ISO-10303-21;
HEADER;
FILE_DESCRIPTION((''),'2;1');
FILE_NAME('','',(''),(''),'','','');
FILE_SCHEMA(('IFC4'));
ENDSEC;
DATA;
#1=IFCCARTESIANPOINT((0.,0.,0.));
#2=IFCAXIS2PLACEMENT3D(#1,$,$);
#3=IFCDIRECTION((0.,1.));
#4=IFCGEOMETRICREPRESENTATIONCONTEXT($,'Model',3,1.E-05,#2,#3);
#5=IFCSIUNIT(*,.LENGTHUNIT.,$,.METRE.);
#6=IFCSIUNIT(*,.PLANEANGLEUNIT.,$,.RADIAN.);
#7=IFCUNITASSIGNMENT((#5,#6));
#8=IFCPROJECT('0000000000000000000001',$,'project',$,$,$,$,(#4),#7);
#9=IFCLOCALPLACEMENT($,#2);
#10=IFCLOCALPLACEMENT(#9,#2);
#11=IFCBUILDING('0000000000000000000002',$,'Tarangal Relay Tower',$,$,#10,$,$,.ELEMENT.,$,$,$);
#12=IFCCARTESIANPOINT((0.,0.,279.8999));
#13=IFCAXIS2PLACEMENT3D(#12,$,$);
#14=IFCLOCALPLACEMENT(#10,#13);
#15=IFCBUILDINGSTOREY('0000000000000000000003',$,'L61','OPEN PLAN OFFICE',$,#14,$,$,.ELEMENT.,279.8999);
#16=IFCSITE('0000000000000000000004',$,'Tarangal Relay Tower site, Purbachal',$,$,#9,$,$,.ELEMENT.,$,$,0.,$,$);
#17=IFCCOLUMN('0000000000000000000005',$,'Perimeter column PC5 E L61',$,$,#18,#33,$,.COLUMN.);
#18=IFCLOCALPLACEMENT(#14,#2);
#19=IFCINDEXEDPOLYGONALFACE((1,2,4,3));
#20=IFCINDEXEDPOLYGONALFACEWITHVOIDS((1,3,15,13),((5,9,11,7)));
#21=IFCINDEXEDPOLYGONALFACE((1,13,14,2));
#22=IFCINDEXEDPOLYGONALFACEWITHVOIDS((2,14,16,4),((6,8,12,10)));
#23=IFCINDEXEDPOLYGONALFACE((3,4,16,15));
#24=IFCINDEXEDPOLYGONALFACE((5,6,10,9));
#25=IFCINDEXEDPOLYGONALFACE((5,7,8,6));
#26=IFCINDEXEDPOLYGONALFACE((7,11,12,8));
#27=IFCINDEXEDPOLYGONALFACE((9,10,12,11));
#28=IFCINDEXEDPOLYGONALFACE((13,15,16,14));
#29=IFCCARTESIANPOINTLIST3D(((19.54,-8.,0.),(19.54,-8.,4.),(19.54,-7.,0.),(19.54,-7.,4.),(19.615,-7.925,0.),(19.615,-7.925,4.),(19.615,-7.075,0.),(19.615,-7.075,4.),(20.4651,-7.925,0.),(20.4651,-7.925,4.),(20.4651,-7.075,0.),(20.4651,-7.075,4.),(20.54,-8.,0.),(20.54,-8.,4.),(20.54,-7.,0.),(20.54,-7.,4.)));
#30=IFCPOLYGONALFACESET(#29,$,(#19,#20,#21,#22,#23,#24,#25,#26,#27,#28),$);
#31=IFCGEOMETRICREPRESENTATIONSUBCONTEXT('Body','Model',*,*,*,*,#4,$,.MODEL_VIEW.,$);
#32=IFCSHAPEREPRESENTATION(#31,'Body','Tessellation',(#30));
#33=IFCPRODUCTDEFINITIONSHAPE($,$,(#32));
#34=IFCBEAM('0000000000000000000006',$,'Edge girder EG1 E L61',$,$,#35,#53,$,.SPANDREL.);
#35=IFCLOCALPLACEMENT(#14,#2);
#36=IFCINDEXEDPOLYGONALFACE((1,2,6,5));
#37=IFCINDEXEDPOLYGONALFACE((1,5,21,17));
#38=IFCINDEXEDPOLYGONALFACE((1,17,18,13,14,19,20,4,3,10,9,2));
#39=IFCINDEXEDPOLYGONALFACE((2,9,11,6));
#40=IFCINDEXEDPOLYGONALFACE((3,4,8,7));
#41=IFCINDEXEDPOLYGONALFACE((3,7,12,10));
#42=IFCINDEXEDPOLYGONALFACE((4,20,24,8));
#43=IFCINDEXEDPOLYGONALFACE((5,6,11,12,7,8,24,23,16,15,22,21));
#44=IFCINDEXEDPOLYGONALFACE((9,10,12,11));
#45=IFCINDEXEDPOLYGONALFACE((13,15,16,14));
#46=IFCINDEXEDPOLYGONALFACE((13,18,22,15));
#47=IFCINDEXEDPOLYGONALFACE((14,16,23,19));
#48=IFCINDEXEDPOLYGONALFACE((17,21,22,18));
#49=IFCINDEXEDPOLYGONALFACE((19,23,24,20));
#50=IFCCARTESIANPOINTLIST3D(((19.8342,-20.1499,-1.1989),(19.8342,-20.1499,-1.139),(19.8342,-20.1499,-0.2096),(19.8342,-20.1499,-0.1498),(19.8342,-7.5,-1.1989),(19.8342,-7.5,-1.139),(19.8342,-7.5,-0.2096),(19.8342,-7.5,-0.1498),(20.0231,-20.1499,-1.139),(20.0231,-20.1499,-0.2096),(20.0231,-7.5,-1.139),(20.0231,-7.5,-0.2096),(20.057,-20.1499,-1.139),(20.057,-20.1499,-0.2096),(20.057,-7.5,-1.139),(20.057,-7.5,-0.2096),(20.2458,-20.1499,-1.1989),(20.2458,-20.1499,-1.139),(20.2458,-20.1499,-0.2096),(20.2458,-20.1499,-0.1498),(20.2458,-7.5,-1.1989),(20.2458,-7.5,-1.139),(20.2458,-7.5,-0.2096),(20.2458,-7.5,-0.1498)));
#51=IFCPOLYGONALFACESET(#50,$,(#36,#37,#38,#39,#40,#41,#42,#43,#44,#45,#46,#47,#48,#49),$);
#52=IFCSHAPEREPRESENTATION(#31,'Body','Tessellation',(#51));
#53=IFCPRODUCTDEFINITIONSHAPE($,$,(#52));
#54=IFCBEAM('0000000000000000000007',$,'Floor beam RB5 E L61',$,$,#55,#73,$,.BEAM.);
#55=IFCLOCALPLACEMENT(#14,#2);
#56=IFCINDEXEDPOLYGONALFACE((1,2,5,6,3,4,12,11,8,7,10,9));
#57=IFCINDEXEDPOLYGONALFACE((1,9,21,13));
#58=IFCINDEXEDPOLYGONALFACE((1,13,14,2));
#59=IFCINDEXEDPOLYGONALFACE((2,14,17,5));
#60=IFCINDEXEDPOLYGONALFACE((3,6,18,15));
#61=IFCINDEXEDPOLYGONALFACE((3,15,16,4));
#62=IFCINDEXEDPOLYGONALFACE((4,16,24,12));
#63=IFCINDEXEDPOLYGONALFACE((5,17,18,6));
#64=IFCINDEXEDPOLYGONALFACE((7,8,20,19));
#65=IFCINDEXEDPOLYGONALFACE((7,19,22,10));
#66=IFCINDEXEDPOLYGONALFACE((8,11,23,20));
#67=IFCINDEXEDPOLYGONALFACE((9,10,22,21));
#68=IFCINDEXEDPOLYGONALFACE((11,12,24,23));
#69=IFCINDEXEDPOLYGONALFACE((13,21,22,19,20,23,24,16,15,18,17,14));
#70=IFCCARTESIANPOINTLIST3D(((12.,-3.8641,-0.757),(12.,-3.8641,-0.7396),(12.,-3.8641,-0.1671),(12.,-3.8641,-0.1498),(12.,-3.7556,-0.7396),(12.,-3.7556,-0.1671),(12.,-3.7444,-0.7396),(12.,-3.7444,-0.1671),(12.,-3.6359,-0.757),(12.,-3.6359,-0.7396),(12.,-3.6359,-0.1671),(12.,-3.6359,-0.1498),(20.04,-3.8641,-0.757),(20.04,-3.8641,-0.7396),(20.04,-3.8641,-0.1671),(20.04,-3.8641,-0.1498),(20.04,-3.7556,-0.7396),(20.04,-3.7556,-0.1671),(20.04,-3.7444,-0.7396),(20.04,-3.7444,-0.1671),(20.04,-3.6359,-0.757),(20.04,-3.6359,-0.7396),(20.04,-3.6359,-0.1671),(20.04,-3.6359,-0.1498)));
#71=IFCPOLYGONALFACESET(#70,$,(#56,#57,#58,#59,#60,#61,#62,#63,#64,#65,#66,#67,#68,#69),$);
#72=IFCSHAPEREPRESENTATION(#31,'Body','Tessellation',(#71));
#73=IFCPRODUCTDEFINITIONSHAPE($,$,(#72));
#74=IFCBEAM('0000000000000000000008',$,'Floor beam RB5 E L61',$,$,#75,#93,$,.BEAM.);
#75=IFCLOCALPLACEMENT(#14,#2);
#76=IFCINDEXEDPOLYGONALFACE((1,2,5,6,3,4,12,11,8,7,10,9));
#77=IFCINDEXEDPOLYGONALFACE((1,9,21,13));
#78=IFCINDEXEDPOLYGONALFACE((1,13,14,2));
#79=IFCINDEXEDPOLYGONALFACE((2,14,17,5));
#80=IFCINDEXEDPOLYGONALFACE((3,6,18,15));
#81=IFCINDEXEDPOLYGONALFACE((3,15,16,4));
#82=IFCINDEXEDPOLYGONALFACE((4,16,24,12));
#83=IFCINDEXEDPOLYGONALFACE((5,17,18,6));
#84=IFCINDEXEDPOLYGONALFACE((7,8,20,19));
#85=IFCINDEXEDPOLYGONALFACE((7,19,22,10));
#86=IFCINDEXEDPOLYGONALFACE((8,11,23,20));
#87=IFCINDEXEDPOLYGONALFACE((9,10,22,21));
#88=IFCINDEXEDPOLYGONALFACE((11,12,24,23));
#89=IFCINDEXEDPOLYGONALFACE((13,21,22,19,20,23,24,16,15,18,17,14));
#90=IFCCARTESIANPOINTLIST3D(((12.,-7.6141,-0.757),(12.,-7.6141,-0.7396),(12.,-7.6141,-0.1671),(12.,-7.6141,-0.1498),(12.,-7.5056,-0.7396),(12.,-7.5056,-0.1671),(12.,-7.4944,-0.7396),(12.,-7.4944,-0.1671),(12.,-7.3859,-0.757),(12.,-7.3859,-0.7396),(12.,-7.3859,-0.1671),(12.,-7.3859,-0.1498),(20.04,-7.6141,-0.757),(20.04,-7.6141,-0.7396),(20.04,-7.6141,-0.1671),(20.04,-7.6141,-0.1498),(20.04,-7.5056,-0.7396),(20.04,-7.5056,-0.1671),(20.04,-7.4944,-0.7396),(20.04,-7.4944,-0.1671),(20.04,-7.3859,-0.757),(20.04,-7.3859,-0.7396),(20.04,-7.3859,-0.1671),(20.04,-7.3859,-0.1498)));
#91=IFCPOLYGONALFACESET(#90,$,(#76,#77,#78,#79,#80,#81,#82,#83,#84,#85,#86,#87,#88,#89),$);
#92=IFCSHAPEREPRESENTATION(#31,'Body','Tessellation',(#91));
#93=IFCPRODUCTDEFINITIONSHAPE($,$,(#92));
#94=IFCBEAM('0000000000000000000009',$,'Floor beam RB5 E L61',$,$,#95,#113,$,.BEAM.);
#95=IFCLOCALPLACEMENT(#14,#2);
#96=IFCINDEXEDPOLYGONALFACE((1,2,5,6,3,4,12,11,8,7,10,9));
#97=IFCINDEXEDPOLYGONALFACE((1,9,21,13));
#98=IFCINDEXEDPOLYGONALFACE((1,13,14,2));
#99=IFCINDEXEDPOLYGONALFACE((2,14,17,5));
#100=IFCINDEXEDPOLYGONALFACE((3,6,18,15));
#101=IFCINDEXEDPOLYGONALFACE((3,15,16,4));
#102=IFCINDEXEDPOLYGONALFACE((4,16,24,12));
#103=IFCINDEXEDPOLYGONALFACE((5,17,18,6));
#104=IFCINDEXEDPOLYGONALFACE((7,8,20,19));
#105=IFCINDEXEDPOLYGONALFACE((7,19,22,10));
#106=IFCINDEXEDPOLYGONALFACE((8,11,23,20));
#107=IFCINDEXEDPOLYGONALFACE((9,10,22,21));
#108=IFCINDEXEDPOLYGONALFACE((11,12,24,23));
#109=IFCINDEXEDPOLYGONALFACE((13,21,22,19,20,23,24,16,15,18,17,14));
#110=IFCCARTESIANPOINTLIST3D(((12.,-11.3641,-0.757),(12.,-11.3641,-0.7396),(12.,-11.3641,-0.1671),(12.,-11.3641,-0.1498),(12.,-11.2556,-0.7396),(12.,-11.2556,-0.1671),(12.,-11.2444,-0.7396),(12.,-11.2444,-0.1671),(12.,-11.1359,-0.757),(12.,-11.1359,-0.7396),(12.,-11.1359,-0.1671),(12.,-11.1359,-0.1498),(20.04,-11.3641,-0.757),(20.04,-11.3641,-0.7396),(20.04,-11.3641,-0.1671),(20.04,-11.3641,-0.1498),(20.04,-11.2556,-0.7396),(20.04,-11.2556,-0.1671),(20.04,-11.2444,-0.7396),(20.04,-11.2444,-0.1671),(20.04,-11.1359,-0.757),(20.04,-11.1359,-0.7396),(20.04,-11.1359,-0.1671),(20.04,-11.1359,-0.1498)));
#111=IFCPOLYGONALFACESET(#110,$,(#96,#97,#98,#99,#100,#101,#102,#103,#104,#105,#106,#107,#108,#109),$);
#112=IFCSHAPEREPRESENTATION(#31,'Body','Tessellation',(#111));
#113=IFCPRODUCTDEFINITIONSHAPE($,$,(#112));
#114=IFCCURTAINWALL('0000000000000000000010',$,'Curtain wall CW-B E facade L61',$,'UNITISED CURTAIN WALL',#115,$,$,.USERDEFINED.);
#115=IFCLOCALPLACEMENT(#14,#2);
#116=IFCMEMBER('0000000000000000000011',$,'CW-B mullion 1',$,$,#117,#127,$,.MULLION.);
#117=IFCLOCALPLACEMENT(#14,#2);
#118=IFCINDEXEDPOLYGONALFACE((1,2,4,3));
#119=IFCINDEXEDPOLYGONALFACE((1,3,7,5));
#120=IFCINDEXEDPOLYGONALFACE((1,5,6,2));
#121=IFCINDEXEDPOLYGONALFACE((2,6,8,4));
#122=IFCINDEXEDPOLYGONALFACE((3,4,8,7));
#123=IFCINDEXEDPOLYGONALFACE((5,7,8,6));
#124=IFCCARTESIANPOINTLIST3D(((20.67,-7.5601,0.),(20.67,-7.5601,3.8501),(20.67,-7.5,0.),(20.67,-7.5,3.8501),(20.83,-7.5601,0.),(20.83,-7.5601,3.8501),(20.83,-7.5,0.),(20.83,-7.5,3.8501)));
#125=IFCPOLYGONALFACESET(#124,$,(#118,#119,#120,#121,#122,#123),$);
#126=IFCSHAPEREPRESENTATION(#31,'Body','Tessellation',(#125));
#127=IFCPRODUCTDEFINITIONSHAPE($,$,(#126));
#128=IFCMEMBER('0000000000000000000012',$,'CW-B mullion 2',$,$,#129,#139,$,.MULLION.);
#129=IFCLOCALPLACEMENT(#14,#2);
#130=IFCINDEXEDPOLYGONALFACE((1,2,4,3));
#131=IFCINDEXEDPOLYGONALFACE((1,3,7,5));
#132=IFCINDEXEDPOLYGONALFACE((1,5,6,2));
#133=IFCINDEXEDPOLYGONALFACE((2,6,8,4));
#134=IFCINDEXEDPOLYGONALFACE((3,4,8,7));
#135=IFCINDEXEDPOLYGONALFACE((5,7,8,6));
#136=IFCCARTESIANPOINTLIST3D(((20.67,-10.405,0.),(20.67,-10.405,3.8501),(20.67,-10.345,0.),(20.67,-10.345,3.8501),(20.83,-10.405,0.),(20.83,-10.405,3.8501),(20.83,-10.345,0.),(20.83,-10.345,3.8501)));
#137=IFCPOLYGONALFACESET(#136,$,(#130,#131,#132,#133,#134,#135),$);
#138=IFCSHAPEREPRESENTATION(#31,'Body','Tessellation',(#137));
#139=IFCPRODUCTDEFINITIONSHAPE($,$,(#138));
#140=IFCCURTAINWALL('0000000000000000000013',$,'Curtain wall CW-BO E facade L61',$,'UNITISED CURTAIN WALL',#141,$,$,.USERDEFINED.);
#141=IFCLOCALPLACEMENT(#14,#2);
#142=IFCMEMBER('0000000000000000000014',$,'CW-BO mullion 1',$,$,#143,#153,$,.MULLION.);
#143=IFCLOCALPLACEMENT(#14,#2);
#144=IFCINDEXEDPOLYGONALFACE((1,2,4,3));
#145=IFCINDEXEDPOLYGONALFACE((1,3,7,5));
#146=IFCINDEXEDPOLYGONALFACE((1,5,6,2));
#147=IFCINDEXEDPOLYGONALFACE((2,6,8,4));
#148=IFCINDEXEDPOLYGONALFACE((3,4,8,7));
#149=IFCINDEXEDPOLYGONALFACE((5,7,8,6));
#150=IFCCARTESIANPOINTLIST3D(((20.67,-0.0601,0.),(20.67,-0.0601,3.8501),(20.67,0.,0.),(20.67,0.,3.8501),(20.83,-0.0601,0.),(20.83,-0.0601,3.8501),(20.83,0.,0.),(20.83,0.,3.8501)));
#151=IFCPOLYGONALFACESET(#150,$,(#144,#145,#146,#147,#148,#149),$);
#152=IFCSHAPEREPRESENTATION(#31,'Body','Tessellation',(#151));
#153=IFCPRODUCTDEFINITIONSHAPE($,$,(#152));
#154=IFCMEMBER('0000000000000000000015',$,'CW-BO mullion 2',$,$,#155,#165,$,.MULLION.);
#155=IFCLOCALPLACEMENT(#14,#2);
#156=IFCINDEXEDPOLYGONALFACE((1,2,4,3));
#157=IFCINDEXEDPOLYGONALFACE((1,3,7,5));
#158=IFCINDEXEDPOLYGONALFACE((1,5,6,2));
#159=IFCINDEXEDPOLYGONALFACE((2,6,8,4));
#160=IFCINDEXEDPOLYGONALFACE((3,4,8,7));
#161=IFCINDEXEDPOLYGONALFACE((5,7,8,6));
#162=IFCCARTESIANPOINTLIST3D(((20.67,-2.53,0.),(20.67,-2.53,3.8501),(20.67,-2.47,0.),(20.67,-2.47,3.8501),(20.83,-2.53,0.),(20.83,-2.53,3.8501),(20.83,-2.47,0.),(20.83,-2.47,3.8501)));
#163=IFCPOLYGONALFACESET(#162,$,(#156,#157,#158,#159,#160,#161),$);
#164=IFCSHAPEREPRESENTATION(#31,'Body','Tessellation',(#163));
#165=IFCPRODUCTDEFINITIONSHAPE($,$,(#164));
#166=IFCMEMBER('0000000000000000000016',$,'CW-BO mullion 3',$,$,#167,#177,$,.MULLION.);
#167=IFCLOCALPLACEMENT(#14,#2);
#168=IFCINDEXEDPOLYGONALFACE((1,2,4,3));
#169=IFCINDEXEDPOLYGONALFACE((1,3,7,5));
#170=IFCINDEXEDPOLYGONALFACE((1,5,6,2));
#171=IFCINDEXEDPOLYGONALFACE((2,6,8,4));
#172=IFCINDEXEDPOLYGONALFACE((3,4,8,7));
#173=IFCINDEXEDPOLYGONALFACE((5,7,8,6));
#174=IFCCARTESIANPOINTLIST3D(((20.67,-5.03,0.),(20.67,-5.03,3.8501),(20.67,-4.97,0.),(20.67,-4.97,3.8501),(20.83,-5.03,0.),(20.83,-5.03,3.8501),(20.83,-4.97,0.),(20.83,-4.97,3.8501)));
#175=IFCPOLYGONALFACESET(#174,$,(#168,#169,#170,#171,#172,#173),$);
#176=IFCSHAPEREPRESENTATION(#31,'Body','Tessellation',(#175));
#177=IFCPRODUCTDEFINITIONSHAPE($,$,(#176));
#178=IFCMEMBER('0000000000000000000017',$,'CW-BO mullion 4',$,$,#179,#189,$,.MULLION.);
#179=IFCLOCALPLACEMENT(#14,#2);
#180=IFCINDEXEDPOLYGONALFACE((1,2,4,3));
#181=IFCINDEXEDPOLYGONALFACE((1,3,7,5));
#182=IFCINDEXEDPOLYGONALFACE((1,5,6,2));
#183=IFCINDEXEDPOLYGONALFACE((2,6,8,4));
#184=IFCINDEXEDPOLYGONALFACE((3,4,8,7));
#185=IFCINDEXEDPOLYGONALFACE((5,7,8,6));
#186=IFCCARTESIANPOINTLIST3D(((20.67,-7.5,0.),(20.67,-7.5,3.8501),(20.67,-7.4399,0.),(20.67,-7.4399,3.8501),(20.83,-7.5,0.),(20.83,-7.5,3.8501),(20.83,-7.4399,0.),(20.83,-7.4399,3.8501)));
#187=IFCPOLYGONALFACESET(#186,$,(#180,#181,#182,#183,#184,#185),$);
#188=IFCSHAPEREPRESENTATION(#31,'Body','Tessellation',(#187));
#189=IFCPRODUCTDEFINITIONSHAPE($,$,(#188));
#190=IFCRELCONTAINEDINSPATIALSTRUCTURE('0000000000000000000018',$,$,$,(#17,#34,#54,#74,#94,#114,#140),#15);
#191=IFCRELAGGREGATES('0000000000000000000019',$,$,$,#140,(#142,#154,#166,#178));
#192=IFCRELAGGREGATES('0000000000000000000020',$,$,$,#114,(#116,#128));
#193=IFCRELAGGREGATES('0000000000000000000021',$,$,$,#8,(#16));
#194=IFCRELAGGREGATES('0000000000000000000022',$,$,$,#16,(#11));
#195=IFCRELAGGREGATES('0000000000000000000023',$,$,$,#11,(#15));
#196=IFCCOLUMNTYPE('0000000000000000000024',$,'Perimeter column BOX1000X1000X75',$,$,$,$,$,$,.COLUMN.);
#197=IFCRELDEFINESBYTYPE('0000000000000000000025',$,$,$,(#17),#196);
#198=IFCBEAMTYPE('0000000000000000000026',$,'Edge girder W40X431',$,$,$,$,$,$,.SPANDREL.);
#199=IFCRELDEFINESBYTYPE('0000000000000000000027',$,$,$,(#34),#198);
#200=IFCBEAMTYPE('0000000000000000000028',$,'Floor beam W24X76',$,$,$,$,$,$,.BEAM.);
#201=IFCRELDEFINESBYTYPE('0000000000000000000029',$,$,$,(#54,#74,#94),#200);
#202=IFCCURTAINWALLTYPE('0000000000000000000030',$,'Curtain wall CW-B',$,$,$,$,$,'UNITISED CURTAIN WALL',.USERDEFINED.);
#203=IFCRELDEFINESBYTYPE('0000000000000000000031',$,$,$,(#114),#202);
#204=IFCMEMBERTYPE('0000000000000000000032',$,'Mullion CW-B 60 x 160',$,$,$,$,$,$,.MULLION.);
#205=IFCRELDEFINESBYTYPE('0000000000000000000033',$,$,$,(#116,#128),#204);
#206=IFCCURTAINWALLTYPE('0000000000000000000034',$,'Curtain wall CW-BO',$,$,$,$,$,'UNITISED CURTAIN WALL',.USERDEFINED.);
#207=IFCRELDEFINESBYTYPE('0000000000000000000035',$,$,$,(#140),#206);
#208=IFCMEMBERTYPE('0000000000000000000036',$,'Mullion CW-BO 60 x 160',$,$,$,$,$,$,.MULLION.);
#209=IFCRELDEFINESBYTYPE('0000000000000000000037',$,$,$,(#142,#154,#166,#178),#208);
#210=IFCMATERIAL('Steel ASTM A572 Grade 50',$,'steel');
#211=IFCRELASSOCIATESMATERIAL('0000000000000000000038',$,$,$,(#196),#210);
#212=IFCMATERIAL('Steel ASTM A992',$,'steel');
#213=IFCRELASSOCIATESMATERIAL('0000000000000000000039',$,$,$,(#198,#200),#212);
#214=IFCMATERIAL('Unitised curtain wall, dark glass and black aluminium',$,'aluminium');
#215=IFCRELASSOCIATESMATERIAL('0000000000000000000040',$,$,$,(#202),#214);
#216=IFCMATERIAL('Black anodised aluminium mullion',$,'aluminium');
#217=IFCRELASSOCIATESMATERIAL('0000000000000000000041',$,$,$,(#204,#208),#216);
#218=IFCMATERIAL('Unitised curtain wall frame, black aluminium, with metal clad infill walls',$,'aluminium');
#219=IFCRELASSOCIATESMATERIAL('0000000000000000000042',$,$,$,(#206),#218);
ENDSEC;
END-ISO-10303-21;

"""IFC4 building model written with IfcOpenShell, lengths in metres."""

from ifc_helpers import new_model, si_unit, direction, frame, origin, origin_2d, place, context, subcontext, project, spatial, rectangle, hollow_rectangle, i_section, extrude, material, material_profile, profile_set, type_object, element, aggregate, save


model = new_model("IFC4")

# Units and contexts
model_context = context("Model", 3, precision=1e-05, world=origin(), true_north=direction((0.0, 1.0)))
body_context = subcontext(model_context, "Body", "Model", "MODEL_VIEW")
ifc_project = project(units=[si_unit("LENGTHUNIT", "METRE"), si_unit("PLANEANGLEUNIT", "RADIAN")], contexts=[model_context])

# Site, building, storey
site_placement = place(None, origin())
site = spatial("IfcSite", under=ifc_project, at=site_placement, Name="Tarangal Relay Tower site, Purbachal", CompositionType="ELEMENT", RefElevation=0.0)
building_placement = place(site_placement, origin())
building = spatial("IfcBuilding", under=site, at=building_placement, Name="Tarangal Relay Tower", CompositionType="ELEMENT")
storey_placement = place(building_placement, frame((0.0, 0.0, 279.8999)))
storey = spatial("IfcBuildingStorey", under=building, at=storey_placement, Name="L61", Description="OPEN PLAN OFFICE", CompositionType="ELEMENT", Elevation=279.8999)

# Column
ifc_material_1 = material(Name="Steel ASTM A572 Grade 50", Category="steel")
ifc_material_profile_1 = material_profile(ifc_material_1, hollow_rectangle(XDim=1.0, YDim=1.0, WallThickness=0.075, at=origin_2d()), Name="BOX1000X1000X75")
ifc_profile_set_1 = profile_set([ifc_material_profile_1], Name="Steel ASTM A572 Grade 50")
column_type = type_object("IfcColumnType", Name="Perimeter column BOX1000X1000X75", PredefinedType="COLUMN", material=ifc_profile_set_1)
column_placement = place(storey_placement, frame((20.04, -7.5, 0.0), z_axis=(0.0, 0.0, 1.0), x_axis=(1.0, 0.0, 0.0)))
element("IfcColumn", 1, at=column_placement, inside=storey, type_object=column_type, Name="Perimeter column PC5 E L61", PredefinedType="COLUMN", context=body_context, shape_type="SweptSolid", body=[
    extrude(hollow_rectangle(XDim=1.0, YDim=1.0, WallThickness=0.075, at=origin_2d()), origin(), (0.0, 0.0, 1.0), 4.0),
])

# Beams
ifc_material_2 = material(Name="Steel ASTM A992", Category="steel")
ifc_material_profile_2 = material_profile(ifc_material_2, i_section(OverallWidth=0.4116, OverallDepth=1.0491, WebThickness=0.0339, FlangeThickness=0.0598, at=origin_2d()), Name="W40X431")
ifc_profile_set_2 = profile_set([ifc_material_profile_2], Name="Steel ASTM A992")
beam_type_1 = type_object("IfcBeamType", Name="Edge girder W40X431", PredefinedType="SPANDREL", material=ifc_profile_set_2)
beam_placement = place(storey_placement, frame((20.04, -7.5, -0.6743), z_axis=(0.0, -1.0, 0.0), x_axis=(1.0, 0.0, 0.0)))
element("IfcBeam", 2, at=beam_placement, inside=storey, type_object=beam_type_1, Name="Edge girder EG1 E L61", PredefinedType="SPANDREL", context=body_context, shape_type="SweptSolid", body=[
    extrude(i_section(OverallWidth=0.4116, OverallDepth=1.0491, WebThickness=0.0339, FlangeThickness=0.0598, at=origin_2d()), origin(), (0.0, 0.0, 1.0), 12.6499),
])
ifc_material_profile_3 = material_profile(ifc_material_2, i_section(OverallWidth=0.2283, OverallDepth=0.6072, WebThickness=0.0112, FlangeThickness=0.0173, at=origin_2d()), Name="W24X76")
ifc_profile_set_3 = profile_set([ifc_material_profile_3], Name="Steel ASTM A992")
beam_type_2 = type_object("IfcBeamType", Name="Floor beam W24X76", PredefinedType="BEAM", material=ifc_profile_set_3)
for number, where, z_axis, x_axis, name in (
    (3, (12.0, -3.75, -0.4534), (1.0, 0.0, 0.0), (0.0, 1.0, 0.0), "Floor beam RB5 E L61"),
    (4, (12.0, -7.5, -0.4534), (1.0, 0.0, 0.0), (0.0, 1.0, 0.0), "Floor beam RB5 E L61"),
    (5, (12.0, -11.25, -0.4534), (1.0, 0.0, 0.0), (0.0, 1.0, 0.0), "Floor beam RB5 E L61"),
):
    element("IfcBeam", number, at=place(storey_placement, frame(where, z_axis=z_axis, x_axis=x_axis)), inside=storey, type_object=beam_type_2, Name=name, PredefinedType="BEAM", context=body_context, shape_type="SweptSolid", body=[
        extrude(i_section(OverallWidth=0.2283, OverallDepth=0.6072, WebThickness=0.0112, FlangeThickness=0.0173, at=origin_2d()), origin(), (0.0, 0.0, 1.0), 8.04),
    ])

# Curtain walls, members
ifc_material_3 = material(Name="Unitised curtain wall, dark glass and black aluminium", Category="aluminium")
curtain_wall_type_1 = type_object("IfcCurtainWallType", Name="Curtain wall CW-B", ElementType="UNITISED CURTAIN WALL", PredefinedType="USERDEFINED", material=ifc_material_3)
curtain_wall_1_placement = place(storey_placement, origin())
curtain_wall_1 = element("IfcCurtainWall", 6, at=curtain_wall_1_placement, inside=storey, type_object=curtain_wall_type_1, Name="Curtain wall CW-B E facade L61", ObjectType="UNITISED CURTAIN WALL", PredefinedType="USERDEFINED")
ifc_material_4 = material(Name="Black anodised aluminium mullion", Category="aluminium")
ifc_material_profile_4 = material_profile(ifc_material_4, rectangle(XDim=0.1599, YDim=0.0601, at=origin_2d()), Name="CW-BM 60X160")
ifc_profile_set_4 = profile_set([ifc_material_profile_4], Name="Black anodised aluminium mullion")
member_type_1 = type_object("IfcMemberType", Name="Mullion CW-B 60 x 160", PredefinedType="MULLION", material=ifc_profile_set_4)
member_1_placement = place(storey_placement, frame((20.75, -7.53, 0.0), z_axis=(0.0, 0.0, 1.0), x_axis=(1.0, 0.0, 0.0)))
member_1 = element("IfcMember", 7, at=member_1_placement, type_object=member_type_1, Name="CW-B mullion 1", PredefinedType="MULLION", context=body_context, shape_type="SweptSolid", body=[
    extrude(rectangle(XDim=0.1599, YDim=0.0601, at=origin_2d()), origin(), (0.0, 0.0, 1.0), 3.8501),
])
member_2_placement = place(storey_placement, frame((20.75, -10.375, 0.0), z_axis=(0.0, 0.0, 1.0), x_axis=(1.0, 0.0, 0.0)))
member_2 = element("IfcMember", 8, at=member_2_placement, type_object=member_type_1, Name="CW-B mullion 2", PredefinedType="MULLION", context=body_context, shape_type="SweptSolid", body=[
    extrude(rectangle(XDim=0.1599, YDim=0.0601, at=origin_2d()), origin(), (0.0, 0.0, 1.0), 3.8501),
])
ifc_material_5 = material(Name="Unitised curtain wall frame, black aluminium, with metal clad infill walls", Category="aluminium")
curtain_wall_type_2 = type_object("IfcCurtainWallType", Name="Curtain wall CW-BO", ElementType="UNITISED CURTAIN WALL", PredefinedType="USERDEFINED", material=ifc_material_5)
curtain_wall_2_placement = place(storey_placement, origin())
curtain_wall_2 = element("IfcCurtainWall", 9, at=curtain_wall_2_placement, inside=storey, type_object=curtain_wall_type_2, Name="Curtain wall CW-BO E facade L61", ObjectType="UNITISED CURTAIN WALL", PredefinedType="USERDEFINED")
ifc_material_profile_5 = material_profile(ifc_material_4, rectangle(XDim=0.1599, YDim=0.0601, at=origin_2d()), Name="CW-BOM 60X160")
ifc_profile_set_5 = profile_set([ifc_material_profile_5], Name="Black anodised aluminium mullion")
member_type_2 = type_object("IfcMemberType", Name="Mullion CW-BO 60 x 160", PredefinedType="MULLION", material=ifc_profile_set_5)
member_3_placement = place(storey_placement, frame((20.75, -0.03, 0.0), z_axis=(0.0, 0.0, 1.0), x_axis=(1.0, 0.0, 0.0)))
member_3 = element("IfcMember", 10, at=member_3_placement, type_object=member_type_2, Name="CW-BO mullion 1", PredefinedType="MULLION", context=body_context, shape_type="SweptSolid", body=[
    extrude(rectangle(XDim=0.1599, YDim=0.0601, at=origin_2d()), origin(), (0.0, 0.0, 1.0), 3.8501),
])
member_4_placement = place(storey_placement, frame((20.75, -2.5, 0.0), z_axis=(0.0, 0.0, 1.0), x_axis=(1.0, 0.0, 0.0)))
member_4 = element("IfcMember", 11, at=member_4_placement, type_object=member_type_2, Name="CW-BO mullion 2", PredefinedType="MULLION", context=body_context, shape_type="SweptSolid", body=[
    extrude(rectangle(XDim=0.1599, YDim=0.0601, at=origin_2d()), origin(), (0.0, 0.0, 1.0), 3.8501),
])
member_5_placement = place(storey_placement, frame((20.75, -5.0, 0.0), z_axis=(0.0, 0.0, 1.0), x_axis=(1.0, 0.0, 0.0)))
member_5 = element("IfcMember", 12, at=member_5_placement, type_object=member_type_2, Name="CW-BO mullion 3", PredefinedType="MULLION", context=body_context, shape_type="SweptSolid", body=[
    extrude(rectangle(XDim=0.1599, YDim=0.0601, at=origin_2d()), origin(), (0.0, 0.0, 1.0), 3.8501),
])
member_6_placement = place(storey_placement, frame((20.75, -7.47, 0.0), z_axis=(0.0, 0.0, 1.0), x_axis=(1.0, 0.0, 0.0)))
member_6 = element("IfcMember", 13, at=member_6_placement, type_object=member_type_2, Name="CW-BO mullion 4", PredefinedType="MULLION", context=body_context, shape_type="SweptSolid", body=[
    extrude(rectangle(XDim=0.1599, YDim=0.0601, at=origin_2d()), origin(), (0.0, 0.0, 1.0), 3.8501),
])

aggregate(curtain_wall_2, [member_3, member_4, member_5, member_6])

aggregate(curtain_wall_1, [member_1, member_2])

save(model, "model.ifc")
